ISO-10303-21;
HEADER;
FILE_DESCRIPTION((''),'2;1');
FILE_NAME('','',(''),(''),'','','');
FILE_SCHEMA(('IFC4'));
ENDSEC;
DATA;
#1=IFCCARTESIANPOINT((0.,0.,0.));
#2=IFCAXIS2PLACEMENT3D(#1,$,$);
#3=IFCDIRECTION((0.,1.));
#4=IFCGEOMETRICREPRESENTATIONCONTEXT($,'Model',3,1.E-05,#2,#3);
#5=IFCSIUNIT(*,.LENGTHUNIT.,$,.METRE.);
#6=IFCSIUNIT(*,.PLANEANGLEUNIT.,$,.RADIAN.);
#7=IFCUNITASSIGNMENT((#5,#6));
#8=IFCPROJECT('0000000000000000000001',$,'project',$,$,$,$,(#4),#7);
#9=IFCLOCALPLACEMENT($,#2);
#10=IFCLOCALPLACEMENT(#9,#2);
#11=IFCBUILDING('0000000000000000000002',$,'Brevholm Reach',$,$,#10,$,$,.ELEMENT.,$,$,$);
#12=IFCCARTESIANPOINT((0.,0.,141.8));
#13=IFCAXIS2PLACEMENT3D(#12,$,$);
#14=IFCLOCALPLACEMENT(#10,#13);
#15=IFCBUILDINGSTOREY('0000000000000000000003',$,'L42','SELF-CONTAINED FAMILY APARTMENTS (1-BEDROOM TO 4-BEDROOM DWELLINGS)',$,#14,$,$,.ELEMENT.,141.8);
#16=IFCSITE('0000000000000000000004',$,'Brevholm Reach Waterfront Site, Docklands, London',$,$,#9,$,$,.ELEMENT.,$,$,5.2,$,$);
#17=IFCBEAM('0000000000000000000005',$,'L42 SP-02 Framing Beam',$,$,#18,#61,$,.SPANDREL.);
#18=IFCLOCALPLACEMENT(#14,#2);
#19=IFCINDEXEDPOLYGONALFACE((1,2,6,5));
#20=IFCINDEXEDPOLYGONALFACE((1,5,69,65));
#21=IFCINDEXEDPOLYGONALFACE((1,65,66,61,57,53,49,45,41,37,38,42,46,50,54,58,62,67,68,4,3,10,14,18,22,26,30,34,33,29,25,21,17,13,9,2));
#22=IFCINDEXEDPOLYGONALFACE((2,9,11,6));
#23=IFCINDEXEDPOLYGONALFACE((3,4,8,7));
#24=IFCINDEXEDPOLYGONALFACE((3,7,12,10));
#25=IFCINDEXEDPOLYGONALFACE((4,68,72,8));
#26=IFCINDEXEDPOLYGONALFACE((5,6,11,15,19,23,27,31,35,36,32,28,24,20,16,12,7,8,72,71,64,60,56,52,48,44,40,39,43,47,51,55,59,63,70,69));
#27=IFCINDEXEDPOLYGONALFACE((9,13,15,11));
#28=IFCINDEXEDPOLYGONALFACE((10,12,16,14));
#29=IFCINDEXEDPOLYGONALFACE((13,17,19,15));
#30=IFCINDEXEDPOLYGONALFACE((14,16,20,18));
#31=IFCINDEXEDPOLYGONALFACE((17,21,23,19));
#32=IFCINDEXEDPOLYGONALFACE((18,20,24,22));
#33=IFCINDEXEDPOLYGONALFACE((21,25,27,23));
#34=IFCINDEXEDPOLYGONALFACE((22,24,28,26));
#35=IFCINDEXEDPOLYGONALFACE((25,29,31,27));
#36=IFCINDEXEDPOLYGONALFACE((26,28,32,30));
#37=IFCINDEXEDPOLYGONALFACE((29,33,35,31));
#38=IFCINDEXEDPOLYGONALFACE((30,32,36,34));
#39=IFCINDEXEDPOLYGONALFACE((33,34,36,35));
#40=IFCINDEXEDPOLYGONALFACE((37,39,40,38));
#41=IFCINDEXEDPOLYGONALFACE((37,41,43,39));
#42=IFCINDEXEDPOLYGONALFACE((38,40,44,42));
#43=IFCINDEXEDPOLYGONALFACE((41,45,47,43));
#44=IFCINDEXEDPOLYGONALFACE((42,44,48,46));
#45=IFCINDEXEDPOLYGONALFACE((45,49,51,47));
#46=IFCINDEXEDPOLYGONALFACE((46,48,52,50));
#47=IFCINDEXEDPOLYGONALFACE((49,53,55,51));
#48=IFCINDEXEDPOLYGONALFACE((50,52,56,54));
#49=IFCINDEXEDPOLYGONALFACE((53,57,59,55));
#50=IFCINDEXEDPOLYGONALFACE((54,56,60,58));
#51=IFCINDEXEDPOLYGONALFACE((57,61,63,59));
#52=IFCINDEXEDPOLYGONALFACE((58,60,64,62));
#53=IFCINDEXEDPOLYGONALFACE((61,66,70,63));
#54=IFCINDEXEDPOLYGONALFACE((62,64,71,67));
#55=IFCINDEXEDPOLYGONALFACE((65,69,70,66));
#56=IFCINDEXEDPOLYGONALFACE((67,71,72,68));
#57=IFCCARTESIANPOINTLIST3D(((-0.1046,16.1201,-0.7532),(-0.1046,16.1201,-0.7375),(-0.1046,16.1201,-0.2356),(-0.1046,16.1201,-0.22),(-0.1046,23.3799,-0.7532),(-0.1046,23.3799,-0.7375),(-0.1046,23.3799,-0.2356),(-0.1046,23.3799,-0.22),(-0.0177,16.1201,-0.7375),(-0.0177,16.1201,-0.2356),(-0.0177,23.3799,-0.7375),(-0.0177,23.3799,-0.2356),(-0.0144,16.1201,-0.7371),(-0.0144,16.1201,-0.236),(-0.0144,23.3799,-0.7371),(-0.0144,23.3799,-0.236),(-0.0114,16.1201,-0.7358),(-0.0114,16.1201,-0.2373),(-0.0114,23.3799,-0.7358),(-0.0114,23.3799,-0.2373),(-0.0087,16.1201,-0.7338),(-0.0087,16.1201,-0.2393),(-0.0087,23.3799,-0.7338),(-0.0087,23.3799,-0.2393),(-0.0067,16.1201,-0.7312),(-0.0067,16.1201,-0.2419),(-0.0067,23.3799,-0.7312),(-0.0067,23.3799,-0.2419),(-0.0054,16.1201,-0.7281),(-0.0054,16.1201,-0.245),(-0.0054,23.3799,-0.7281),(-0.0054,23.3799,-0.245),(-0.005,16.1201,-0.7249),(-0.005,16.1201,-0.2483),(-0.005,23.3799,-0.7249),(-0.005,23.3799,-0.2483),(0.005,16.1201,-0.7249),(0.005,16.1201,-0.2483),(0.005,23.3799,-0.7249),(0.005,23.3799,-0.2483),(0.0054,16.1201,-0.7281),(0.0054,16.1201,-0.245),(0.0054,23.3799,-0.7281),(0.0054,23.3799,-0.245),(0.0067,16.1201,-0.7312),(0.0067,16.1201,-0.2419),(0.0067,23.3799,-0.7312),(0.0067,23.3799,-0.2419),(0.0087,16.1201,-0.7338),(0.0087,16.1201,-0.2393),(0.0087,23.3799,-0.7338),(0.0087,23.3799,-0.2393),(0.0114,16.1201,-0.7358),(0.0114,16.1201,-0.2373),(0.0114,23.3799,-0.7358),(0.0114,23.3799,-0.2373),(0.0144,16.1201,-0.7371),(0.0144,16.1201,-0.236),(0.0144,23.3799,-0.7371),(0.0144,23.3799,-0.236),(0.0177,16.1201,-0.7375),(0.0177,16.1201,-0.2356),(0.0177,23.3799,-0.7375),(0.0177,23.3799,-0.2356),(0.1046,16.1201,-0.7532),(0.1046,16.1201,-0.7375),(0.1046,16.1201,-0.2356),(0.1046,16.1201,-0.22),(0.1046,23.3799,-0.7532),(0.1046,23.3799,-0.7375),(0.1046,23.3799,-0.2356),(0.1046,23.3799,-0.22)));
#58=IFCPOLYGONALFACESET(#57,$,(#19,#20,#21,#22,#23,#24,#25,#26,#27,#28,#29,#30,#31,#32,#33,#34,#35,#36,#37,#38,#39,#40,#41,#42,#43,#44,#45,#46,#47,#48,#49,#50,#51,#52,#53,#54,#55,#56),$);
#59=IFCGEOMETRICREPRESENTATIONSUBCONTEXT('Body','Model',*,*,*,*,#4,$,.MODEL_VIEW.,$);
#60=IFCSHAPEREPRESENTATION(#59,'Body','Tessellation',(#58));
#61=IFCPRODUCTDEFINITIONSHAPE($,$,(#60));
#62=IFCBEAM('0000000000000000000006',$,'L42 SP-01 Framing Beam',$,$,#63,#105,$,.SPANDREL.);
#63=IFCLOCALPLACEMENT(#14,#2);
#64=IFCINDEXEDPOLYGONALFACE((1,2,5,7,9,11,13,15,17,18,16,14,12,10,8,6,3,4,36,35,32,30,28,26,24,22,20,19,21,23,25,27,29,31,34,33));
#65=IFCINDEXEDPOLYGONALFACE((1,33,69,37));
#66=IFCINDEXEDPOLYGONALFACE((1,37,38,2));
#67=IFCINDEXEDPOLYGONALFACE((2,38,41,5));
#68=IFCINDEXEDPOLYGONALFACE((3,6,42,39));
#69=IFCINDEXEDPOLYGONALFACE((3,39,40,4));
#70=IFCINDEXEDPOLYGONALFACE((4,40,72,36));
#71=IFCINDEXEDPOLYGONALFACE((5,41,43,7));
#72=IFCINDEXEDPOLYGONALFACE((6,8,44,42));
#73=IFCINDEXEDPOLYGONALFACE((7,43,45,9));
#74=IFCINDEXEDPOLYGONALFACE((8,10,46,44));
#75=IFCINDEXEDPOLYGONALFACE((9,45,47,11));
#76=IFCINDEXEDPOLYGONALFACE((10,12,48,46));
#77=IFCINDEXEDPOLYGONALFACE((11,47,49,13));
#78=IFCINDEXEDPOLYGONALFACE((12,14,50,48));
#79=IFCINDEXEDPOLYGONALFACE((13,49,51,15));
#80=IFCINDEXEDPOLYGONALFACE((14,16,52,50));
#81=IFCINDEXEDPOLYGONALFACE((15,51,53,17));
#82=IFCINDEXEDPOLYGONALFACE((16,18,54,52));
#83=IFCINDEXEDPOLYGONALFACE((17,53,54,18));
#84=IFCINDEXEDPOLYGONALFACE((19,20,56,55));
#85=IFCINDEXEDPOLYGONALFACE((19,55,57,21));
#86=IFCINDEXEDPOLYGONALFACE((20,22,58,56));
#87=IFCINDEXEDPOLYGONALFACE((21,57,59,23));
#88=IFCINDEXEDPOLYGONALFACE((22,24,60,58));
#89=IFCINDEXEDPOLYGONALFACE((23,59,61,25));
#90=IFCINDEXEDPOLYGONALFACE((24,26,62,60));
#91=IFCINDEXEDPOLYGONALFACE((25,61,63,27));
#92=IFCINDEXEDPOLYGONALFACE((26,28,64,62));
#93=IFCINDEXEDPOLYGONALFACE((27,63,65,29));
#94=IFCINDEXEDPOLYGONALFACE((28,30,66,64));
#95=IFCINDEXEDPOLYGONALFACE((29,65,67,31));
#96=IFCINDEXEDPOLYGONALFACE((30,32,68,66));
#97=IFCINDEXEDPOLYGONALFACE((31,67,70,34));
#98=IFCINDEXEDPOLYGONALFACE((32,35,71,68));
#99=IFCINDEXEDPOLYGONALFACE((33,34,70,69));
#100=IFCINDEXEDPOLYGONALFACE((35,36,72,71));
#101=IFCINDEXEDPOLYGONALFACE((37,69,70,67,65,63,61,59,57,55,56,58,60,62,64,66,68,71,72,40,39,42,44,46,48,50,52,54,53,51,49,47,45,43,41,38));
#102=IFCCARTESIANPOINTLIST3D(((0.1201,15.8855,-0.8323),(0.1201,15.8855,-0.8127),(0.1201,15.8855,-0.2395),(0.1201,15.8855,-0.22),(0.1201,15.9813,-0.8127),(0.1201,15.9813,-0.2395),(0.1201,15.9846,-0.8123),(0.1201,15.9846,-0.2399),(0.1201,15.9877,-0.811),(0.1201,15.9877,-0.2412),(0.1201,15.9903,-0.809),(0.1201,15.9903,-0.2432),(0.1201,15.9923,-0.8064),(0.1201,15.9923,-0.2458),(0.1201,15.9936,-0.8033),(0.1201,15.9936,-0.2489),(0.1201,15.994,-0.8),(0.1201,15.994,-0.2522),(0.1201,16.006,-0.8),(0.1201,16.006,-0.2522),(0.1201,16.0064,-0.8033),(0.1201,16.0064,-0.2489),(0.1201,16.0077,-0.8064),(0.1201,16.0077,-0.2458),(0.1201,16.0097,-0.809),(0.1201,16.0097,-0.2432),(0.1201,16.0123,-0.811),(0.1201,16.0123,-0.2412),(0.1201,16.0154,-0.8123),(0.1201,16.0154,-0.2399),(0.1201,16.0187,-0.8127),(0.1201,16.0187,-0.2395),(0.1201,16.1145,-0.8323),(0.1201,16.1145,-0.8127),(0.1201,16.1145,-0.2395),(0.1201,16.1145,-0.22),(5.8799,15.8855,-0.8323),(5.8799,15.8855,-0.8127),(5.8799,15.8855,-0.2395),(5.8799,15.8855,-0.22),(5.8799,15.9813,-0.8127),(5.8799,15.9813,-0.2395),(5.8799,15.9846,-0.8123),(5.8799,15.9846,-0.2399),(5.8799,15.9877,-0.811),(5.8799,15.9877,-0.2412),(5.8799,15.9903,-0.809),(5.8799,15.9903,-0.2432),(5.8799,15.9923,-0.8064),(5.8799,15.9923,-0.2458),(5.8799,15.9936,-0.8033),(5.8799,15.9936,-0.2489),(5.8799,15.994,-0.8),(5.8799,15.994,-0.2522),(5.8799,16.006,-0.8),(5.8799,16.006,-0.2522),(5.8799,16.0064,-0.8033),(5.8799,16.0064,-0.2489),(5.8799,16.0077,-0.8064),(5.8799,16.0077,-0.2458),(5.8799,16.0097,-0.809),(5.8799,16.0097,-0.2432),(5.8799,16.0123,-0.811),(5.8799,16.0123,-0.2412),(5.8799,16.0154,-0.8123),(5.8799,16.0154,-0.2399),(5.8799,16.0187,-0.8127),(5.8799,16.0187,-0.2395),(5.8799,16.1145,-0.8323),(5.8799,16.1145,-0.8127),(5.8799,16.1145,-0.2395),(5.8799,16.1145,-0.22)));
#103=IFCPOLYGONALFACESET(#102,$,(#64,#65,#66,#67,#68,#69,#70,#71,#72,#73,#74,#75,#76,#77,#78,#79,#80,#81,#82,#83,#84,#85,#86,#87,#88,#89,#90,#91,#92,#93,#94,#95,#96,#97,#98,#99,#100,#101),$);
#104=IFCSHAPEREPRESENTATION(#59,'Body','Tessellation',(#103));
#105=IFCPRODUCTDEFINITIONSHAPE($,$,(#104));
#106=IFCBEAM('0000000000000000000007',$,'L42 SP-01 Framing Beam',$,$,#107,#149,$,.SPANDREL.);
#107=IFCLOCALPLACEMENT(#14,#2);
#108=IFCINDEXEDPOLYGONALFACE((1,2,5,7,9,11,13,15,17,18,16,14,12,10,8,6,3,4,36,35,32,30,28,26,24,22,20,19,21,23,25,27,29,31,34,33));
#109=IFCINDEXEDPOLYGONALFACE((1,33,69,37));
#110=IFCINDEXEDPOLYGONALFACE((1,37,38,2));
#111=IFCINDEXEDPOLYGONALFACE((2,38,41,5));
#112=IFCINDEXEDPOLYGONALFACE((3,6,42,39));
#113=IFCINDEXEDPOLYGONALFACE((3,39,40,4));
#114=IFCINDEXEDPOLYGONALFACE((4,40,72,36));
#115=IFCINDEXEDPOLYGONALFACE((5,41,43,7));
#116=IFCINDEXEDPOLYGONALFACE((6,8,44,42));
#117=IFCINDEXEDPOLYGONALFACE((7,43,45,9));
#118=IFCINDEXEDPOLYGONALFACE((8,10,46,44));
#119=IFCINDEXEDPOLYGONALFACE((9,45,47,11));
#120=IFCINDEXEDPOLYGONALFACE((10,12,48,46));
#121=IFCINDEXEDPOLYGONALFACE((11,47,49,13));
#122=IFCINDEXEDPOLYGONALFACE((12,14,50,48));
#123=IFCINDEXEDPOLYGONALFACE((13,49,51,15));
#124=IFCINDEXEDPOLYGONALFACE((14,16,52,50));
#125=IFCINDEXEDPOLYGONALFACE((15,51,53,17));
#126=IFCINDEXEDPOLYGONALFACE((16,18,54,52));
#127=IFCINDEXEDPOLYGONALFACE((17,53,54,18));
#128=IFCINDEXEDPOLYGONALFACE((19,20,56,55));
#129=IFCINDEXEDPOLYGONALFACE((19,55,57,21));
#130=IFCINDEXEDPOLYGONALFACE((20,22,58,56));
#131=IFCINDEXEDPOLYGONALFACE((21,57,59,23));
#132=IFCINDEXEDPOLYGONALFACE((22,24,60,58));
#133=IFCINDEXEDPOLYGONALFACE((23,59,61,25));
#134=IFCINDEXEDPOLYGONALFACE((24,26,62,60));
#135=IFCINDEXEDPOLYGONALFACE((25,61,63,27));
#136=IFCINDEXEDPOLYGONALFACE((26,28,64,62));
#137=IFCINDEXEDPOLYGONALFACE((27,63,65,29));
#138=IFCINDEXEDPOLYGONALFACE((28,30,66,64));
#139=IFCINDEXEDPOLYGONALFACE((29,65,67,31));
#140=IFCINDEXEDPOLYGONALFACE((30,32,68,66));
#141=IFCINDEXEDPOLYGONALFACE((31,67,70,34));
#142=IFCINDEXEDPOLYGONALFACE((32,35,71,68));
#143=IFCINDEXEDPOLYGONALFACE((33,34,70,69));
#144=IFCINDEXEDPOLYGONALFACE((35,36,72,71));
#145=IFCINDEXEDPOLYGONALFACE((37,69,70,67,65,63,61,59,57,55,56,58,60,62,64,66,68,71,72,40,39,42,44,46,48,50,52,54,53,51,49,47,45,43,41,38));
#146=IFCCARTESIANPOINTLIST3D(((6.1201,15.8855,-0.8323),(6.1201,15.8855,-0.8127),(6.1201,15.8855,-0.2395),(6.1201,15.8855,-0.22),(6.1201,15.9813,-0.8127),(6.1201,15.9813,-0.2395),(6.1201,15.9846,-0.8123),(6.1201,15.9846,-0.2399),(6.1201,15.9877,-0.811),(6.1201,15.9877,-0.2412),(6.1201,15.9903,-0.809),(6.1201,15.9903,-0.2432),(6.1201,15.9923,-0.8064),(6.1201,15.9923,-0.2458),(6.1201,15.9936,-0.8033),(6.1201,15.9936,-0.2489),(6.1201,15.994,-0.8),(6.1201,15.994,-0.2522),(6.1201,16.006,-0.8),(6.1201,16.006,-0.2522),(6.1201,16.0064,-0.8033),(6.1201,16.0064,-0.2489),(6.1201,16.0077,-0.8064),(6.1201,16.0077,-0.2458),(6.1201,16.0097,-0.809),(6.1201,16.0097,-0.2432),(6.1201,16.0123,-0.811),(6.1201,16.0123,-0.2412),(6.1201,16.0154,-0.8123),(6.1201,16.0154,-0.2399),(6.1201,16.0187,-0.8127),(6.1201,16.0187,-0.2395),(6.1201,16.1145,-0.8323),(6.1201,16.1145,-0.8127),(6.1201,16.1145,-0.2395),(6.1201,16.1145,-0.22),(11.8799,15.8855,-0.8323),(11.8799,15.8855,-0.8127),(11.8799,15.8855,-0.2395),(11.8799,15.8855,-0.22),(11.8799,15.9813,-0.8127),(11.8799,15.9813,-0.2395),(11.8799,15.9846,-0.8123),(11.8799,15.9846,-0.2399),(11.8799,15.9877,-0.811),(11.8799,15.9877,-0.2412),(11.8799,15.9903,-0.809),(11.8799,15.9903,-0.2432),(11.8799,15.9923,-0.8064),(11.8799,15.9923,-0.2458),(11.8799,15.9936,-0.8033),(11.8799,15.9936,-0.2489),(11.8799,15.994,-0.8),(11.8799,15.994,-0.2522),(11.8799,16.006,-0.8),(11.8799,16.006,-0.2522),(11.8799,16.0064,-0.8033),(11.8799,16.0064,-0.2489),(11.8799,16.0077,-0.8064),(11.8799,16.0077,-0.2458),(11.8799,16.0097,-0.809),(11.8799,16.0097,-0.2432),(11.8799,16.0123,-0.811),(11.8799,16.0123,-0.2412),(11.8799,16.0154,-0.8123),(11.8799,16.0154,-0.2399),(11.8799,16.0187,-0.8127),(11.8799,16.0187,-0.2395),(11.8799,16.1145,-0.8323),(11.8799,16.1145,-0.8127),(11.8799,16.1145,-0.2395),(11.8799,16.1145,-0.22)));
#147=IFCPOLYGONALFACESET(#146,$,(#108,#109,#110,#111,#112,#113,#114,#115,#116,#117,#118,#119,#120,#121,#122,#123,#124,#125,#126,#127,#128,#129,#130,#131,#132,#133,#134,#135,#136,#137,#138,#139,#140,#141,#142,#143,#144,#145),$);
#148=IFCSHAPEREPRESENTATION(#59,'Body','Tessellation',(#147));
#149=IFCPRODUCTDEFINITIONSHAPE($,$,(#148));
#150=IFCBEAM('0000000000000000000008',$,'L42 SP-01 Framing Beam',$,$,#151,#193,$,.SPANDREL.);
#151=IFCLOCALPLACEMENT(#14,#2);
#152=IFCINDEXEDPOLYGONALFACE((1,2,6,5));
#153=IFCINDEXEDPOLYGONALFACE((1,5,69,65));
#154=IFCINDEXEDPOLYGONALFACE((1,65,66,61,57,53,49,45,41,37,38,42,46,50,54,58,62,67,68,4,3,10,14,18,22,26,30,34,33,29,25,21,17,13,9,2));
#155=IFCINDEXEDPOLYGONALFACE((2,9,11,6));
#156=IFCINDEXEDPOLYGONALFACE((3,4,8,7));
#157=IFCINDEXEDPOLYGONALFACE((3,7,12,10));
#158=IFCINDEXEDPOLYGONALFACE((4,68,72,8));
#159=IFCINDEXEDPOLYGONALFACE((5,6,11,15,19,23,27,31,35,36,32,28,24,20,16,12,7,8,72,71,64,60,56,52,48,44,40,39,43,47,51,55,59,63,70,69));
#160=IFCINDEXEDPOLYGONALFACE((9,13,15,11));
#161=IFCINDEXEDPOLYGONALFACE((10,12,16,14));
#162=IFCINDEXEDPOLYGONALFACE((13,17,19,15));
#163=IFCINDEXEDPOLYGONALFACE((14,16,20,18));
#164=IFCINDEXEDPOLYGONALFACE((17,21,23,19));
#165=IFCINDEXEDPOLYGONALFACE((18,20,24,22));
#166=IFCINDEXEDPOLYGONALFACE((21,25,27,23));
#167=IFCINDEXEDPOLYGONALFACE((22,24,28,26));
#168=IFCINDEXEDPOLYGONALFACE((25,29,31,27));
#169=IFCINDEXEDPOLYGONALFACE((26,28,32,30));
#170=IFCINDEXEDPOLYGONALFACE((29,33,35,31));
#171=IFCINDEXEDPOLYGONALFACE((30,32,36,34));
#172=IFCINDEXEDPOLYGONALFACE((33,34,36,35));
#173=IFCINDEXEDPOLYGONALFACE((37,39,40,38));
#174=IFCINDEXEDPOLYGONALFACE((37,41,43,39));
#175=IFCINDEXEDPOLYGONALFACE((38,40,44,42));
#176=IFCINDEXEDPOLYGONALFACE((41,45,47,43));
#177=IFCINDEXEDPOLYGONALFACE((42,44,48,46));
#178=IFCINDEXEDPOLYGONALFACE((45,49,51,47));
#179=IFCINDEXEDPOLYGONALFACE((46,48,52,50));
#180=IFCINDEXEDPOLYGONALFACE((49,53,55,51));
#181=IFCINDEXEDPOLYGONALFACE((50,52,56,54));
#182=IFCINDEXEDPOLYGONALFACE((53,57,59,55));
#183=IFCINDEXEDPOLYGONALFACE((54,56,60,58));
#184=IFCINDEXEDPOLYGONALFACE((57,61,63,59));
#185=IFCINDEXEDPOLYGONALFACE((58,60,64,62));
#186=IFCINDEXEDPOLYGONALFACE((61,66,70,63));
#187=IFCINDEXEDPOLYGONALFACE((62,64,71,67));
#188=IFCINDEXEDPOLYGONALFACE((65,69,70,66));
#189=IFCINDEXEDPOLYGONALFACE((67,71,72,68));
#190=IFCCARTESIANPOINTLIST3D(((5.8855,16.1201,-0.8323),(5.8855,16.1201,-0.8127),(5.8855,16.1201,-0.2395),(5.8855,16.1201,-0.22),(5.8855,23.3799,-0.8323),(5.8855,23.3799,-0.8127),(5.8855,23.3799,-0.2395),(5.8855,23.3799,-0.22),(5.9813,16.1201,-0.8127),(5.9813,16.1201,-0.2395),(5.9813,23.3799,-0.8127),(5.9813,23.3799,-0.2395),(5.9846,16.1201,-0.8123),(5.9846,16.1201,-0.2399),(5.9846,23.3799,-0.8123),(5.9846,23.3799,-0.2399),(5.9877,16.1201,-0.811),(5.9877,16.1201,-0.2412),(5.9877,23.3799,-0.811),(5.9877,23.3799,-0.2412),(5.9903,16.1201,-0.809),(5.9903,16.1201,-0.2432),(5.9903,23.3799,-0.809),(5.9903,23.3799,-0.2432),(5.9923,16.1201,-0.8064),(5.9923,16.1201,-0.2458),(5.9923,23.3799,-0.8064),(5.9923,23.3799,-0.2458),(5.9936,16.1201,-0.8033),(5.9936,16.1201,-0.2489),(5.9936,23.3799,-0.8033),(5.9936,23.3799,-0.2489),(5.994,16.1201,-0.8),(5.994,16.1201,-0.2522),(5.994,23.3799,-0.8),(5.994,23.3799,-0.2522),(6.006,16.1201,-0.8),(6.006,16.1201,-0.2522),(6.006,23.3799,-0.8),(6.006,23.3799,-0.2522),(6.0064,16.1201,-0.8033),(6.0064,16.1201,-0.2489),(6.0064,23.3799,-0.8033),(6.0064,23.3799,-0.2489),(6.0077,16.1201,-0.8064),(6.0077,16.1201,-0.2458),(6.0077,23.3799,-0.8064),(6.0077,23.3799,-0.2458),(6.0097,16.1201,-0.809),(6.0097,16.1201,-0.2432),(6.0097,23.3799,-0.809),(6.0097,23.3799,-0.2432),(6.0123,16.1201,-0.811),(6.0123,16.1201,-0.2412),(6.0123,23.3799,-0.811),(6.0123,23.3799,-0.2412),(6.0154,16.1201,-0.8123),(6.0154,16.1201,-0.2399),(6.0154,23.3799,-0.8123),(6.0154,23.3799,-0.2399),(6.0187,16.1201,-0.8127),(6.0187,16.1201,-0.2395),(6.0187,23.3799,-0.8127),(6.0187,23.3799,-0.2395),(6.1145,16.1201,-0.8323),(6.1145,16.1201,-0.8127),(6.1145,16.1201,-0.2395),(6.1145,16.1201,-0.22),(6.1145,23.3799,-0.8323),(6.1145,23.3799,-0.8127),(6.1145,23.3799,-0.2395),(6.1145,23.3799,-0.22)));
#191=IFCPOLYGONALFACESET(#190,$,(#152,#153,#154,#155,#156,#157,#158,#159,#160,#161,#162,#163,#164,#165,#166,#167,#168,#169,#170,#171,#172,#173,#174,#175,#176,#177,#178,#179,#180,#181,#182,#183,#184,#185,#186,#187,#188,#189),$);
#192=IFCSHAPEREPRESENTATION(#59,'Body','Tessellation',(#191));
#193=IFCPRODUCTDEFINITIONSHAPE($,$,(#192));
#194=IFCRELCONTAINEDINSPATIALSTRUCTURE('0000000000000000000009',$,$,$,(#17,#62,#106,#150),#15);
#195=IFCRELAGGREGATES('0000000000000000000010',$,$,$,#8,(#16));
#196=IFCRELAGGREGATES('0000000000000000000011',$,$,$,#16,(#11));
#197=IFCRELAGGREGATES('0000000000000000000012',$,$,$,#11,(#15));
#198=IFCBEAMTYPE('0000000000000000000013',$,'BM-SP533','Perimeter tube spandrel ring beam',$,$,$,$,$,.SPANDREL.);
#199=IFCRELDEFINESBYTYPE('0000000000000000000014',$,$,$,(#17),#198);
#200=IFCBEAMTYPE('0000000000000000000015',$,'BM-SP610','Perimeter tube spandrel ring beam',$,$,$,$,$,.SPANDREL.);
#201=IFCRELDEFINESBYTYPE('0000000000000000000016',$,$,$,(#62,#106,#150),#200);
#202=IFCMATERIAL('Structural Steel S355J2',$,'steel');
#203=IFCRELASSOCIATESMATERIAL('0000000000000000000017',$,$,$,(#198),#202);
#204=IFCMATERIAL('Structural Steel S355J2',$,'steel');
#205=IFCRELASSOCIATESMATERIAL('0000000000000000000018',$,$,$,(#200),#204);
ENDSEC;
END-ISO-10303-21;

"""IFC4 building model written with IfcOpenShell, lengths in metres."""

from ifc_helpers import new_model, si_unit, direction, frame, origin, origin_2d, place, context, subcontext, project, spatial, i_section, extrude, material, material_profile, profile_set, type_object, element, save


model = new_model("IFC4")

# Units and contexts
model_context = context("Model", 3, precision=1e-05, world=origin(), true_north=direction((0.0, 1.0)))
body_context = subcontext(model_context, "Body", "Model", "MODEL_VIEW")
ifc_project = project(units=[si_unit("LENGTHUNIT", "METRE"), si_unit("PLANEANGLEUNIT", "RADIAN")], contexts=[model_context])

# Site, building, storey
site_placement = place(None, origin())
site = spatial("IfcSite", under=ifc_project, at=site_placement, Name="Brevholm Reach Waterfront Site, Docklands, London", CompositionType="ELEMENT", RefElevation=5.2)
building_placement = place(site_placement, origin())
building = spatial("IfcBuilding", under=site, at=building_placement, Name="Brevholm Reach", CompositionType="ELEMENT")
storey_placement = place(building_placement, frame((0.0, 0.0, 141.8)))
storey = spatial("IfcBuildingStorey", under=building, at=storey_placement, Name="L42", Description="SELF-CONTAINED FAMILY APARTMENTS (1-BEDROOM TO 4-BEDROOM DWELLINGS)", CompositionType="ELEMENT", Elevation=141.8)

# Beams
ifc_material_1 = material(Name="Structural Steel S355J2", Category="steel")
ifc_material_profile_1 = material_profile(ifc_material_1, i_section(OverallWidth=0.2092, OverallDepth=0.5332, WebThickness=0.01, FlangeThickness=0.0156, FilletRadius=0.0127, at=origin_2d()), Name="UKB 533x210x92")
ifc_profile_set_1 = profile_set([ifc_material_profile_1], Name="Structural Steel S355J2")
beam_type_1 = type_object("IfcBeamType", Name="BM-SP533", Description="Perimeter tube spandrel ring beam", PredefinedType="SPANDREL", material=ifc_profile_set_1)
beam_1_placement = place(storey_placement, frame((0.0, 16.1201, -0.4866), z_axis=(0.0, 1.0, 0.0), x_axis=(-1.0, 0.0, 0.0)))
element("IfcBeam", 1, at=beam_1_placement, inside=storey, type_object=beam_type_1, Name="L42 SP-02 Framing Beam", PredefinedType="SPANDREL", context=body_context, shape_type="SweptSolid", body=[
    extrude(i_section(OverallWidth=0.2092, OverallDepth=0.5332, WebThickness=0.01, FlangeThickness=0.0156, FilletRadius=0.0127, at=origin_2d()), origin(), (0.0, 0.0, 1.0), 7.2598),
])
ifc_material_2 = material(Name="Structural Steel S355J2", Category="steel")
ifc_material_profile_2 = material_profile(ifc_material_2, i_section(OverallWidth=0.229, OverallDepth=0.6123, WebThickness=0.012, FlangeThickness=0.0195, FilletRadius=0.0127, at=origin_2d()), Name="UKB 610x229x125")
ifc_profile_set_2 = profile_set([ifc_material_profile_2], Name="Structural Steel S355J2")
beam_type_2 = type_object("IfcBeamType", Name="BM-SP610", Description="Perimeter tube spandrel ring beam", PredefinedType="SPANDREL", material=ifc_profile_set_2)
for number, where, z_axis, x_axis, name in (
    (2, (0.1201, 16.0, -0.5261), (1.0, 0.0, 0.0), (0.0, 1.0, 0.0), "L42 SP-01 Framing Beam"),
    (3, (6.1201, 16.0, -0.5261), (1.0, 0.0, 0.0), (0.0, 1.0, 0.0), "L42 SP-01 Framing Beam"),
):
    element("IfcBeam", number, at=place(storey_placement, frame(where, z_axis=z_axis, x_axis=x_axis)), inside=storey, type_object=beam_type_2, Name=name, PredefinedType="SPANDREL", context=body_context, shape_type="SweptSolid", body=[
        extrude(i_section(OverallWidth=0.229, OverallDepth=0.6123, WebThickness=0.012, FlangeThickness=0.0195, FilletRadius=0.0127, at=origin_2d()), origin(), (0.0, 0.0, 1.0), 5.7598),
    ])
beam_2_placement = place(storey_placement, frame((6.0, 16.1201, -0.5261), z_axis=(0.0, 1.0, 0.0), x_axis=(-1.0, 0.0, 0.0)))
element("IfcBeam", 4, at=beam_2_placement, inside=storey, type_object=beam_type_2, Name="L42 SP-01 Framing Beam", PredefinedType="SPANDREL", context=body_context, shape_type="SweptSolid", body=[
    extrude(i_section(OverallWidth=0.229, OverallDepth=0.6123, WebThickness=0.012, FlangeThickness=0.0195, FilletRadius=0.0127, at=origin_2d()), origin(), (0.0, 0.0, 1.0), 7.2598),
])

save(model, "model.ifc")
